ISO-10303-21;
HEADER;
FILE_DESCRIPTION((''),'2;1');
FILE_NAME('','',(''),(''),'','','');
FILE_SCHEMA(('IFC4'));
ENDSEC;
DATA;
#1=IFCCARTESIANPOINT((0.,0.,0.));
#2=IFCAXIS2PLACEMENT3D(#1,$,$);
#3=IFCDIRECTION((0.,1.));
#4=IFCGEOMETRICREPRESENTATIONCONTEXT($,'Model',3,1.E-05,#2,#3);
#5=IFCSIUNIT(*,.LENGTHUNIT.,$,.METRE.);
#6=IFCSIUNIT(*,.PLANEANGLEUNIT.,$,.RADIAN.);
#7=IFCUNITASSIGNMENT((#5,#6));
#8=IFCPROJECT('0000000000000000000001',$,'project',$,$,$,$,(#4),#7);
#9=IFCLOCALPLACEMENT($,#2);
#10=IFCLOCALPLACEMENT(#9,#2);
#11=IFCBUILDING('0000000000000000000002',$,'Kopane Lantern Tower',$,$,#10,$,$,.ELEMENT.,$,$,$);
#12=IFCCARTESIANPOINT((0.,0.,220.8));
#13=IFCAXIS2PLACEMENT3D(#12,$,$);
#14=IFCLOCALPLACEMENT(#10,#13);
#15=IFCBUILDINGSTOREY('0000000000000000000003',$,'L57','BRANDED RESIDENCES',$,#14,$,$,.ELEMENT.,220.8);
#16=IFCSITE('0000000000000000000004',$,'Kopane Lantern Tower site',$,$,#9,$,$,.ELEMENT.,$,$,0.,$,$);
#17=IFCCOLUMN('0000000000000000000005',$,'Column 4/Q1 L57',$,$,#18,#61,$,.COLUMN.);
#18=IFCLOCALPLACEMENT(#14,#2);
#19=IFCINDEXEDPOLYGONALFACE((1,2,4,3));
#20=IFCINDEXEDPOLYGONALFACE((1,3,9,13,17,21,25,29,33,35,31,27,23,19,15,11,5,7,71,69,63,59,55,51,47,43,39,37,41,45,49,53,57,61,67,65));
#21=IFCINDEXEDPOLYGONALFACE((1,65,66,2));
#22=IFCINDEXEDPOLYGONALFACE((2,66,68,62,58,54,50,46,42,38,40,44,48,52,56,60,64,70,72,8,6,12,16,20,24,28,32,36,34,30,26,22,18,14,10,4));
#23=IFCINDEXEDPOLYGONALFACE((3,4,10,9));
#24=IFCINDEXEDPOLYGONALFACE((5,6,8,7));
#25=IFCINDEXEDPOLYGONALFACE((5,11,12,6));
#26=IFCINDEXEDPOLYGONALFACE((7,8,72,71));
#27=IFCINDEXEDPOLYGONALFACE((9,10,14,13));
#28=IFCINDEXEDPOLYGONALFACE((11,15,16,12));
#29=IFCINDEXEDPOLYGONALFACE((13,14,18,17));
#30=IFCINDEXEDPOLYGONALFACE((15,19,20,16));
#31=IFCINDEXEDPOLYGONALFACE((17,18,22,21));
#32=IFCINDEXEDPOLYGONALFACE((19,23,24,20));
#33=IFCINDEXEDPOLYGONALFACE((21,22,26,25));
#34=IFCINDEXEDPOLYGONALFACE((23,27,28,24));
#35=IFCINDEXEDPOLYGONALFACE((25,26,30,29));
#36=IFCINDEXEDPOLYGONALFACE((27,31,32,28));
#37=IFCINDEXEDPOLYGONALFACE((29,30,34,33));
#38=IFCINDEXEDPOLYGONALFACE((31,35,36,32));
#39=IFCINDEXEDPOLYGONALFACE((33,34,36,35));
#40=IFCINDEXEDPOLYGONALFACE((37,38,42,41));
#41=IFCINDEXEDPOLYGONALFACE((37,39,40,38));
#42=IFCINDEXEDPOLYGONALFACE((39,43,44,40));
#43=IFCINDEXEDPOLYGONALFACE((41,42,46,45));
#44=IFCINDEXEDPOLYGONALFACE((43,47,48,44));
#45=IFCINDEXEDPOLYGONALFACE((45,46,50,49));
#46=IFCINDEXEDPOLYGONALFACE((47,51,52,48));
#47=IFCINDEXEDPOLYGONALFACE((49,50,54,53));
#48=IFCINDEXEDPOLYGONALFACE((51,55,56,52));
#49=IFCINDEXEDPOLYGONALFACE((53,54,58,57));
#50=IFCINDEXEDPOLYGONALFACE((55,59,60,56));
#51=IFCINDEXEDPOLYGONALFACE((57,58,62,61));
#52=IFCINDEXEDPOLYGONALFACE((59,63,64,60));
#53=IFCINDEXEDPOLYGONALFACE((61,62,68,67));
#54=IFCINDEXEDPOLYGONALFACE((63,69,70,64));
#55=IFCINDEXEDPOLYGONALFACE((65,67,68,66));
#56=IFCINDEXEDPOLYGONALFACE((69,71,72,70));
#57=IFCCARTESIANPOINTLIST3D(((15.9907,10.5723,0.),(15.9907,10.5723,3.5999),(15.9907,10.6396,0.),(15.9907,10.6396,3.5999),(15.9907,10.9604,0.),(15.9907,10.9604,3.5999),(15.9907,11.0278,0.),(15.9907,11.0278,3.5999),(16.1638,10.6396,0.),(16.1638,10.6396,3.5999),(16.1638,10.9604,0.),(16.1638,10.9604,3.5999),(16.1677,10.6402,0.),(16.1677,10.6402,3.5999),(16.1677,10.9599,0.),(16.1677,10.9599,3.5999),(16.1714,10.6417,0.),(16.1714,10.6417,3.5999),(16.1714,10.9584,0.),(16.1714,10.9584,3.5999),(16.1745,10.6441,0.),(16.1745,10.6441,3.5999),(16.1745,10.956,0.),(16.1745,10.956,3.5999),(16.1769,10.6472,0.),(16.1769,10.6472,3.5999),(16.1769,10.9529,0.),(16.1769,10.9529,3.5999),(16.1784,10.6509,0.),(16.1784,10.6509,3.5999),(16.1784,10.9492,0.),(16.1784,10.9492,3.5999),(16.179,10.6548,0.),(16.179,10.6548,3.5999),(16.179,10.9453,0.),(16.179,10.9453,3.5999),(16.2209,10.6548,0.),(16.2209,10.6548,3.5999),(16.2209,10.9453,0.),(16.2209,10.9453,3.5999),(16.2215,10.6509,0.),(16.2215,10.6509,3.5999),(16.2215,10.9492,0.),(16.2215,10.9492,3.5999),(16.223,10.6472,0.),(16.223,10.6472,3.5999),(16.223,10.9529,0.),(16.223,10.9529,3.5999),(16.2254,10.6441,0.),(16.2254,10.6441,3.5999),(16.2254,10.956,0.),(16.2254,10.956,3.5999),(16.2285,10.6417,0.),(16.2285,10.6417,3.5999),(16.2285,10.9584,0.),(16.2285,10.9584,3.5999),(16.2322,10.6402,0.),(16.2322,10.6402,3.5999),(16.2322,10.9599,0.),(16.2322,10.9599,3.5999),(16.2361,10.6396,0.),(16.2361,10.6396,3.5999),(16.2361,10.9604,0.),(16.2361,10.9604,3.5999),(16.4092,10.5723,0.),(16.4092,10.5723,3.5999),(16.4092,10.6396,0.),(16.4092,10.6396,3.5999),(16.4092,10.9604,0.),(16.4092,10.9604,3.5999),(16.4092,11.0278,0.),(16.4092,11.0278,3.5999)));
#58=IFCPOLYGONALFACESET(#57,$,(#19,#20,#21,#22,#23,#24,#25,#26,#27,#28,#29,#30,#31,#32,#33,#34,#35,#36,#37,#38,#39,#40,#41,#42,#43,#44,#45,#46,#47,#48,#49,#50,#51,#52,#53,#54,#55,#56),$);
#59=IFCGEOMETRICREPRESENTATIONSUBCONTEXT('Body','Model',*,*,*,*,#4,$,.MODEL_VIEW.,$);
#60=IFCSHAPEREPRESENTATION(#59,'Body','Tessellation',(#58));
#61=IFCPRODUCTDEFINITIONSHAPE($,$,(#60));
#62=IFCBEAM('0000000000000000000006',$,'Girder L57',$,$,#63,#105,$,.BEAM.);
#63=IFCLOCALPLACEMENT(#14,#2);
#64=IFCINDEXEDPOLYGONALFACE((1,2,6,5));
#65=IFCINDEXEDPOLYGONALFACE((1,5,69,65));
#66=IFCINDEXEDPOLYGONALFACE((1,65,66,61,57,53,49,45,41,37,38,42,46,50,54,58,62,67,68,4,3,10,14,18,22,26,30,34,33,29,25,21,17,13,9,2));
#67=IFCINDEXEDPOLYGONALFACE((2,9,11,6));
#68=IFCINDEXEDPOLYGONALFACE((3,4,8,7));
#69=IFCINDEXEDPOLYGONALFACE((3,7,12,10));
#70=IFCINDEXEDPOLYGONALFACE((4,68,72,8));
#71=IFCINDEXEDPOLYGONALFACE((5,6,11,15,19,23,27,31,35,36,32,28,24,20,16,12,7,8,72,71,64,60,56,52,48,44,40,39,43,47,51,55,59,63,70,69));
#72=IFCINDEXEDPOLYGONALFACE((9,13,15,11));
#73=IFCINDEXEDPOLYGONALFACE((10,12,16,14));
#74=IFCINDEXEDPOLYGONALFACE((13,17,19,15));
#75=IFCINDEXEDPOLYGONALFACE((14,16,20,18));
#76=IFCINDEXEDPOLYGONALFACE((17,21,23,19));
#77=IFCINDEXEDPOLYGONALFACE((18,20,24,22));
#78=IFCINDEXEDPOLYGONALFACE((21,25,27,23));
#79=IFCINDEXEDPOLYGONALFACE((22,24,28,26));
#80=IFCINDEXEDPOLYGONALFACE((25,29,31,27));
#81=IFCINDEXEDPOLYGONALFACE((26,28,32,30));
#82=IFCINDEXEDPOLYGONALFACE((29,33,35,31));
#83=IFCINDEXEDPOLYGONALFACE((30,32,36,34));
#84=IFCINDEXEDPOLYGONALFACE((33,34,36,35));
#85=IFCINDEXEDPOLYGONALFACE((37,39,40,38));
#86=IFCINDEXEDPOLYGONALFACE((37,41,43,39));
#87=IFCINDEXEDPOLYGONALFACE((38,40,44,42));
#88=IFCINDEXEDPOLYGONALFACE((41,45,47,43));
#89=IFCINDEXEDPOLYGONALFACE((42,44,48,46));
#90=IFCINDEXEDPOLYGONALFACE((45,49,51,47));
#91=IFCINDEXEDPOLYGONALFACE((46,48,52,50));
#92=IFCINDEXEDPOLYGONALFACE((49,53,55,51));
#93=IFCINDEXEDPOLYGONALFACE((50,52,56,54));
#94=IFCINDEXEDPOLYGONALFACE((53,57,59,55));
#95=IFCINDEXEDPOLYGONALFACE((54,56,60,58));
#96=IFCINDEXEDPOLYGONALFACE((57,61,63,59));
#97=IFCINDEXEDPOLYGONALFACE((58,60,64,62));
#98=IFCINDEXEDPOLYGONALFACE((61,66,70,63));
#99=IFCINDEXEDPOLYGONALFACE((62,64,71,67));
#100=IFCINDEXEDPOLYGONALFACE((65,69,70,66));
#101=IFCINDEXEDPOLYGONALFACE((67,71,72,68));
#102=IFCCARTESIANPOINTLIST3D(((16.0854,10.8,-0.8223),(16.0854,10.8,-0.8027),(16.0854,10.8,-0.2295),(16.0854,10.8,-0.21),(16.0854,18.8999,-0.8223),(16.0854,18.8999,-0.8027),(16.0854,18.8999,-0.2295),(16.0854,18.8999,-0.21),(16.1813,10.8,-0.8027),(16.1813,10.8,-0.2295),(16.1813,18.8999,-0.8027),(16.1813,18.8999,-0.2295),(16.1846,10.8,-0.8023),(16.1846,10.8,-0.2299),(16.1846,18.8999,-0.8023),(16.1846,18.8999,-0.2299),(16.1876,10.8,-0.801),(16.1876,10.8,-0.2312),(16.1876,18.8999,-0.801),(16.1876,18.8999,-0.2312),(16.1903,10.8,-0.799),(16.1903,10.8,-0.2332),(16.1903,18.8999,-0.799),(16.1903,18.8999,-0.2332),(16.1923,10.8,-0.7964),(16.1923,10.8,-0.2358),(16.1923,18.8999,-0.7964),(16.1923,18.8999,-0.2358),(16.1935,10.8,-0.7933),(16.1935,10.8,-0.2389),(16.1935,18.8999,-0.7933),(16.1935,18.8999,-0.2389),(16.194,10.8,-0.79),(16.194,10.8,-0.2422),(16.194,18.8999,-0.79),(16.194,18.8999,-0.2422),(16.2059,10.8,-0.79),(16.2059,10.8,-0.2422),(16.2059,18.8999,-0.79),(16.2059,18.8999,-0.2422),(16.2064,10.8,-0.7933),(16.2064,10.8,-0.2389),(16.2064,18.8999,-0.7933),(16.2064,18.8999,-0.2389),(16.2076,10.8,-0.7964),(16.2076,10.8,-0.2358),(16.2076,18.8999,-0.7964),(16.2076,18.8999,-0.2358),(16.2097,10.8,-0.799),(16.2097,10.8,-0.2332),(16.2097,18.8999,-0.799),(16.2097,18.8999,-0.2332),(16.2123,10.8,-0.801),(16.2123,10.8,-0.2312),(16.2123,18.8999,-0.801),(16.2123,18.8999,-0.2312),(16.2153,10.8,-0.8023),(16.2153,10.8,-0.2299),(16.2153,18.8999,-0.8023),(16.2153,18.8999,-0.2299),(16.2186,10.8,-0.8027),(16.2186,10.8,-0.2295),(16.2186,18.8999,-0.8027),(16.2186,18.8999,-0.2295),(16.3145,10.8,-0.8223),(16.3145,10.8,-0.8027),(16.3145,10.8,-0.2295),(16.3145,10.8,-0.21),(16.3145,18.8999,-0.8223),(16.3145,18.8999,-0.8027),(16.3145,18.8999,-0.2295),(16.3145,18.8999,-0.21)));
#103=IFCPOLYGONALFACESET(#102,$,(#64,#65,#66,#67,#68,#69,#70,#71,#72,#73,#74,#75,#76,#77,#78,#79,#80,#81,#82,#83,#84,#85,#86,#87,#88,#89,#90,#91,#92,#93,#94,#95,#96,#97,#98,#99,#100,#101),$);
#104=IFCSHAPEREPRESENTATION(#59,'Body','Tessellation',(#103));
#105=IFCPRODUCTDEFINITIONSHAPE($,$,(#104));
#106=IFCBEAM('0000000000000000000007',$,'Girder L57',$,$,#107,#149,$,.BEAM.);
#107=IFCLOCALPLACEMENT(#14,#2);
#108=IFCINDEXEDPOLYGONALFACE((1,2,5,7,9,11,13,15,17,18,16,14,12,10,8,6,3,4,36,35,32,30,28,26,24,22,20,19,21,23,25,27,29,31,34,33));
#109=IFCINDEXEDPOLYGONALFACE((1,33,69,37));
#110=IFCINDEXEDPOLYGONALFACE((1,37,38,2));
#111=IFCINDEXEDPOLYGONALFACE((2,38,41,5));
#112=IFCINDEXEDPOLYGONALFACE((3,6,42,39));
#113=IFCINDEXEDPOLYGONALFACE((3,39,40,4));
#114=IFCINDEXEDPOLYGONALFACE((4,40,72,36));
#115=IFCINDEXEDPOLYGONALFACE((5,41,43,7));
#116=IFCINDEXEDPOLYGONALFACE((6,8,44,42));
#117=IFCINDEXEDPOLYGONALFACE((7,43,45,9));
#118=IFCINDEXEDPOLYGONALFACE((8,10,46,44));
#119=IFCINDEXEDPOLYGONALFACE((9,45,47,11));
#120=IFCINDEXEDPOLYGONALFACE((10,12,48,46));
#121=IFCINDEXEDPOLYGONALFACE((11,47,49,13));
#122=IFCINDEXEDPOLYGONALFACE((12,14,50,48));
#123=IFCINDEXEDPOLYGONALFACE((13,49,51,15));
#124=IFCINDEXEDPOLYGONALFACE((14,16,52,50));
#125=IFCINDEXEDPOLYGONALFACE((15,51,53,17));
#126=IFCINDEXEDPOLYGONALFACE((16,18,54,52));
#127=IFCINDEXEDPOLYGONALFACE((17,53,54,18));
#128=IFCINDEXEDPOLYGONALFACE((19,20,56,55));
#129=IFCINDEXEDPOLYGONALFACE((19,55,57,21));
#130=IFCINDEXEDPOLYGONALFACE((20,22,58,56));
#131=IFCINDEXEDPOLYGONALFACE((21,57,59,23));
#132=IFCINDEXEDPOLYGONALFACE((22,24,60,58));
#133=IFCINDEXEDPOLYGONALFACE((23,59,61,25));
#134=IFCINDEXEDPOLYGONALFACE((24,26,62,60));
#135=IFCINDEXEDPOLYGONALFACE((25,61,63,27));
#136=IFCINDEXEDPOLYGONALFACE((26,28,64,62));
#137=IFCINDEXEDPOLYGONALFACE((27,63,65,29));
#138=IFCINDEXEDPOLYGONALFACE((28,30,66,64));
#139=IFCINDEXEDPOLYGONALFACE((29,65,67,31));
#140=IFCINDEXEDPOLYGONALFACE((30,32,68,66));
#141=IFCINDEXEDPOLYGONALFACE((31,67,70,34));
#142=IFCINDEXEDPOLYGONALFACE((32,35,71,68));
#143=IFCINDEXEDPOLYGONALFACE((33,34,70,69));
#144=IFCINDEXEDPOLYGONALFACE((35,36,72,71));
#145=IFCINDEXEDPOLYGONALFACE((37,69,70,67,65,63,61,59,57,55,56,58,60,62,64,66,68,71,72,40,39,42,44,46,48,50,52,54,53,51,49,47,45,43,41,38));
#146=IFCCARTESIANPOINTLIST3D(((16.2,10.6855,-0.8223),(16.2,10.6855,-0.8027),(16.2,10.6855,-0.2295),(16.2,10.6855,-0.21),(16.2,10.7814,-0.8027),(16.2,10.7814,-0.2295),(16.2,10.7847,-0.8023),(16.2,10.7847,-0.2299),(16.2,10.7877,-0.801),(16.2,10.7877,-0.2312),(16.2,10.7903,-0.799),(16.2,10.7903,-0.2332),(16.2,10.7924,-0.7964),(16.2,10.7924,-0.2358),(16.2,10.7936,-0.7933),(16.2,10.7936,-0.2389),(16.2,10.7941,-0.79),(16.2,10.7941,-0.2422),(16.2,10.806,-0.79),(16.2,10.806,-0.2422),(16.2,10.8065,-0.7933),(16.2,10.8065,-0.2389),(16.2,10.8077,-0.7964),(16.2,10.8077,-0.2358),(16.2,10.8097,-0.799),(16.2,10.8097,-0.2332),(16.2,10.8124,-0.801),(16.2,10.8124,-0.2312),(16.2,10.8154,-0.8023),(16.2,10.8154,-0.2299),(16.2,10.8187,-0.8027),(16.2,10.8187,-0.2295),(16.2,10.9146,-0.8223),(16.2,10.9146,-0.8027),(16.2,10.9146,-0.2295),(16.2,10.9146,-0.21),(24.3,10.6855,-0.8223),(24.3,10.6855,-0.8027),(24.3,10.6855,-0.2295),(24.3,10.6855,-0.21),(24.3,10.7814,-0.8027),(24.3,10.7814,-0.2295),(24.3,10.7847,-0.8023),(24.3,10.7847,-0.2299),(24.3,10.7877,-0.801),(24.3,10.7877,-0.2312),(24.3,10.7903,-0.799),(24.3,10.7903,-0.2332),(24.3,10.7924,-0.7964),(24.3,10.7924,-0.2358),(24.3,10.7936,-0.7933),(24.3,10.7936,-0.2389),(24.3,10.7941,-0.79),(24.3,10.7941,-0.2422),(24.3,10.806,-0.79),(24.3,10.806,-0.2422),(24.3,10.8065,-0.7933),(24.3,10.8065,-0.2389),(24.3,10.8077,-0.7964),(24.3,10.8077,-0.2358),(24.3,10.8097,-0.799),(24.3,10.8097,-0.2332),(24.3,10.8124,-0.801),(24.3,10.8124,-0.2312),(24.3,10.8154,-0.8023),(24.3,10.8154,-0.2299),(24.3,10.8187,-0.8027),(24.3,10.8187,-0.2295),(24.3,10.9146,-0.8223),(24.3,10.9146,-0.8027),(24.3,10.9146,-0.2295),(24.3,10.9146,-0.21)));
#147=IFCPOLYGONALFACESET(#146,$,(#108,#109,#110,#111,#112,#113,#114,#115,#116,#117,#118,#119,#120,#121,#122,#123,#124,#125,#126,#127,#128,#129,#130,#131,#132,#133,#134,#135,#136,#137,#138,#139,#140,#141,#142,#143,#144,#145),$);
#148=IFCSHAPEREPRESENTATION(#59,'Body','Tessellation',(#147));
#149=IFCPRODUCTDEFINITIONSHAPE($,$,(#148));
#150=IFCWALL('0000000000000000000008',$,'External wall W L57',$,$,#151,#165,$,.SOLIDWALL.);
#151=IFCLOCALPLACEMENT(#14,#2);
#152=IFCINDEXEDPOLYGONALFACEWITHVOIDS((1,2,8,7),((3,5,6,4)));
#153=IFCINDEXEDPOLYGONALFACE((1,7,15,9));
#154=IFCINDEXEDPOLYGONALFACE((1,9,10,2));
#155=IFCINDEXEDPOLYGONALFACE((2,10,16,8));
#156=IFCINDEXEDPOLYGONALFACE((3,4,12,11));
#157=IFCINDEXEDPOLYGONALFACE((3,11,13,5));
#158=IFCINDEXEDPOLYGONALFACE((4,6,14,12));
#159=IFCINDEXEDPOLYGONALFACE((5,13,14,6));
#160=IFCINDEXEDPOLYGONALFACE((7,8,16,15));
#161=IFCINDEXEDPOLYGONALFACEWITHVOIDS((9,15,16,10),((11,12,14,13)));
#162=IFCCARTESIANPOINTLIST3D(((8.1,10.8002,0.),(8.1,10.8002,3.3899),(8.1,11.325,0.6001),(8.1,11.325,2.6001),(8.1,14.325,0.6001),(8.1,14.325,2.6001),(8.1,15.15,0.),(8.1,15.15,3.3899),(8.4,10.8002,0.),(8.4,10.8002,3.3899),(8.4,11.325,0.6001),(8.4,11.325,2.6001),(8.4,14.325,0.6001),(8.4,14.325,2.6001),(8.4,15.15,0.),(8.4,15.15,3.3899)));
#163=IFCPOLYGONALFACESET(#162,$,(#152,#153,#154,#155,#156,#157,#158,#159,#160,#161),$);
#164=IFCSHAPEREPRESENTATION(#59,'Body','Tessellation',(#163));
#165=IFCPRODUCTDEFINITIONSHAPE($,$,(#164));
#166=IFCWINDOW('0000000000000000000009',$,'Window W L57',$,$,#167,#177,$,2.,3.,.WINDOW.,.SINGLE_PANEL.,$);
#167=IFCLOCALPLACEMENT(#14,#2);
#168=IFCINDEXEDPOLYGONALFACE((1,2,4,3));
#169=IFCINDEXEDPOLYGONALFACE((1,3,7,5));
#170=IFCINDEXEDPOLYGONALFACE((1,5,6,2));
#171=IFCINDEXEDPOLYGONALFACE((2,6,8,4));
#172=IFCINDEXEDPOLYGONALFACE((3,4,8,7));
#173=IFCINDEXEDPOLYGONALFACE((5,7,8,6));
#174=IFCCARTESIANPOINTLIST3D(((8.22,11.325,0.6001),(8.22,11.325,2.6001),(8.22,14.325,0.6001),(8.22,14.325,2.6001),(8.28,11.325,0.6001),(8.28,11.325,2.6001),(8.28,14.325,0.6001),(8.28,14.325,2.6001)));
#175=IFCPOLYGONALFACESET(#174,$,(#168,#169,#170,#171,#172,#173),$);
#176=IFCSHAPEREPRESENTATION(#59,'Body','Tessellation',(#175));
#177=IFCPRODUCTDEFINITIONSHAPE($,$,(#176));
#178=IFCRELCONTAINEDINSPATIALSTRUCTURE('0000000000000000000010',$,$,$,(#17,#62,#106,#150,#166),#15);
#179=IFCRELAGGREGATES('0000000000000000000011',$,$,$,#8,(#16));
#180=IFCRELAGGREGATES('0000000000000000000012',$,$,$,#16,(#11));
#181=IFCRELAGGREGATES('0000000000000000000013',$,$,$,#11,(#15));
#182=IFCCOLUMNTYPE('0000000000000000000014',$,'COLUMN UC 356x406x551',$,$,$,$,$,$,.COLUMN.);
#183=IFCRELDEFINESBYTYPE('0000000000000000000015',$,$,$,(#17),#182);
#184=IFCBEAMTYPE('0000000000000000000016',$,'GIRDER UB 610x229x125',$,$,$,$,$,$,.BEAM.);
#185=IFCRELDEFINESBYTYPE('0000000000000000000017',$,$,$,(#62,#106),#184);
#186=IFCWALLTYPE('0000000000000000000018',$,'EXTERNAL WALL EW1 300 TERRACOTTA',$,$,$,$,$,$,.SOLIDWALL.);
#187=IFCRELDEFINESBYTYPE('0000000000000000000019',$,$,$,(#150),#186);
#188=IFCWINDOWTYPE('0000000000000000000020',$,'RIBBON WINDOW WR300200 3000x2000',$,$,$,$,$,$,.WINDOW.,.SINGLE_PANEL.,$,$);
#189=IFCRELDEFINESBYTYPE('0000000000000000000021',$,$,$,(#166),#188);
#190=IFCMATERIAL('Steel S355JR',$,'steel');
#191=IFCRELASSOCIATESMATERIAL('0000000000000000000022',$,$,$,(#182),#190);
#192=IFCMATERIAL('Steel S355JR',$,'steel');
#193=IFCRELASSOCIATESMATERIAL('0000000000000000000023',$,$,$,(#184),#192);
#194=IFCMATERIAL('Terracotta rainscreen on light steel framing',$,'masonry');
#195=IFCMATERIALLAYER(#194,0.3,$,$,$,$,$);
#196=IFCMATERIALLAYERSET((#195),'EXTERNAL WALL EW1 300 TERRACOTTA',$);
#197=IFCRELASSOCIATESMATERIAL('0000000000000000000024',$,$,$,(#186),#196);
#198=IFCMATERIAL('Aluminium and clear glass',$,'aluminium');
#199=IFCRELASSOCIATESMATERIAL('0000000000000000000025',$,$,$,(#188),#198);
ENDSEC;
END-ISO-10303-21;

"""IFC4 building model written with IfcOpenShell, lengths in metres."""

from ifc_helpers import new_model, si_unit, direction, frame, frame_2d, origin, origin_2d, place, context, subcontext, project, spatial, rectangle, i_section, extrude, material, layer, layer_set, material_profile, profile_set, type_object, element, fill, save


model = new_model("IFC4")

# Units and contexts
model_context = context("Model", 3, precision=1e-05, world=origin(), true_north=direction((0.0, 1.0)))
body_context = subcontext(model_context, "Body", "Model", "MODEL_VIEW")
ifc_project = project(units=[si_unit("LENGTHUNIT", "METRE"), si_unit("PLANEANGLEUNIT", "RADIAN")], contexts=[model_context])

# Site, building, storey
site_placement = place(None, origin())
site = spatial("IfcSite", under=ifc_project, at=site_placement, Name="Kopane Lantern Tower site", CompositionType="ELEMENT", RefElevation=0.0)
building_placement = place(site_placement, origin())
building = spatial("IfcBuilding", under=site, at=building_placement, Name="Kopane Lantern Tower", CompositionType="ELEMENT")
storey_placement = place(building_placement, frame((0.0, 0.0, 220.8)))
storey = spatial("IfcBuildingStorey", under=building, at=storey_placement, Name="L57", Description="BRANDED RESIDENCES", CompositionType="ELEMENT", Elevation=220.8)

# Column
ifc_material_1 = material(Name="Steel S355JR", Category="steel")
ifc_material_profile_1 = material_profile(ifc_material_1, i_section(OverallWidth=0.4185, OverallDepth=0.4556, WebThickness=0.042, FlangeThickness=0.0674, FilletRadius=0.0151, at=origin_2d()), Name="UC 356x406x551")
ifc_profile_set_1 = profile_set([ifc_material_profile_1], Name="Steel S355JR")
column_type = type_object("IfcColumnType", Name="COLUMN UC 356x406x551", PredefinedType="COLUMN", material=ifc_profile_set_1)
column_placement = place(storey_placement, frame((16.2, 10.8, 0.0), z_axis=(0.0, 0.0, 1.0), x_axis=(1.0, 0.0, 0.0)))
element("IfcColumn", 1, at=column_placement, inside=storey, type_object=column_type, Name="Column 4/Q1 L57", PredefinedType="COLUMN", context=body_context, shape_type="SweptSolid", body=[
    extrude(i_section(OverallWidth=0.4185, OverallDepth=0.4556, WebThickness=0.042, FlangeThickness=0.0674, FilletRadius=0.0151, at=origin_2d()), origin(), (0.0, 0.0, 1.0), 3.5999),
])

# Beams
ifc_material_2 = material(Name="Steel S355JR", Category="steel")
ifc_material_profile_2 = material_profile(ifc_material_2, i_section(OverallWidth=0.229, OverallDepth=0.6123, WebThickness=0.012, FlangeThickness=0.0195, FilletRadius=0.0127, at=origin_2d()), Name="UB 610x229x125")
ifc_profile_set_2 = profile_set([ifc_material_profile_2], Name="Steel S355JR")
beam_type = type_object("IfcBeamType", Name="GIRDER UB 610x229x125", PredefinedType="BEAM", material=ifc_profile_set_2)
beam_1_placement = place(storey_placement, frame((16.2, 10.8, -0.5161), z_axis=(0.0, 1.0, 0.0), x_axis=(-1.0, 0.0, 0.0)))
element("IfcBeam", 2, at=beam_1_placement, inside=storey, type_object=beam_type, Name="Girder L57", PredefinedType="BEAM", context=body_context, shape_type="SweptSolid", body=[
    extrude(i_section(OverallWidth=0.229, OverallDepth=0.6123, WebThickness=0.012, FlangeThickness=0.0195, FilletRadius=0.0127, at=origin_2d()), origin(), (0.0, 0.0, 1.0), 8.0999),
])
beam_2_placement = place(storey_placement, frame((16.2, 10.8, -0.5161), z_axis=(1.0, 0.0, 0.0), x_axis=(0.0, 1.0, 0.0)))
element("IfcBeam", 3, at=beam_2_placement, inside=storey, type_object=beam_type, Name="Girder L57", PredefinedType="BEAM", context=body_context, shape_type="SweptSolid", body=[
    extrude(i_section(OverallWidth=0.229, OverallDepth=0.6123, WebThickness=0.012, FlangeThickness=0.0195, FilletRadius=0.0127, at=origin_2d()), origin(), (0.0, 0.0, 1.0), 8.1001),
])

# Shared definitions
ifc_material_3 = material(Name="Terracotta rainscreen on light steel framing", Category="masonry")
ifc_layer = layer(ifc_material_3, 0.3)
ifc_layer_set = layer_set([ifc_layer], Name="EXTERNAL WALL EW1 300 TERRACOTTA")
wall_type = type_object("IfcWallType", Name="EXTERNAL WALL EW1 300 TERRACOTTA", PredefinedType="SOLIDWALL", material=ifc_layer_set)
ifc_material_4 = material(Name="Aluminium and clear glass", Category="aluminium")
window_type = type_object("IfcWindowType", Name="RIBBON WINDOW WR300200 3000x2000", PartitioningType="SINGLE_PANEL", PredefinedType="WINDOW", material=ifc_material_4)

# Wall, opening, window
wall_1_placement = place(storey_placement, frame((8.25, 15.1499, 0.0), z_axis=(0.0, 0.0, 1.0), x_axis=(0.0, -1.0, 0.0)))
wall_1 = element("IfcWall", 4, at=wall_1_placement, inside=storey, type_object=wall_type, Name="External wall W L57", PredefinedType="SOLIDWALL", context=body_context, shape_type="SweptSolid", body=[
    extrude(rectangle(XDim=4.3499, YDim=0.3, at=frame_2d((2.1748, 0.0))), origin(), (0.0, 0.0, 1.0), 3.3899),
])
opening_1_placement = place(wall_1_placement, frame((0.825, 0.0, 0.6001)))
opening_1 = element("IfcOpeningElement", 5, at=opening_1_placement, cuts=wall_1, PredefinedType="OPENING", context=body_context, shape_type="SweptSolid", body=[
    extrude(rectangle(XDim=3.0, YDim=2.0, at=frame_2d((1.5, 1.0))), frame((0.0, 0.1599, 0.0), z_axis=(0.0, -1.0, 0.0), x_axis=(1.0, 0.0, 0.0)), (0.0, 0.0, 1.0), 0.3201),
])
window_1_placement = place(opening_1_placement, origin())
window_1 = element("IfcWindow", 6, at=window_1_placement, inside=storey, type_object=window_type, Name="Window W L57", OverallHeight=2.0, OverallWidth=3.0, PartitioningType="SINGLE_PANEL", PredefinedType="WINDOW", context=body_context, shape_type="SweptSolid", body=[
    extrude(rectangle(XDim=3.0, YDim=2.0, at=frame_2d((1.5, 1.0))), frame((0.0, 0.03, 0.0), z_axis=(0.0, -1.0, 0.0), x_axis=(1.0, 0.0, 0.0)), (0.0, 0.0, 1.0), 0.0601),
])
fill(opening_1, window_1)

save(model, "model.ifc")
